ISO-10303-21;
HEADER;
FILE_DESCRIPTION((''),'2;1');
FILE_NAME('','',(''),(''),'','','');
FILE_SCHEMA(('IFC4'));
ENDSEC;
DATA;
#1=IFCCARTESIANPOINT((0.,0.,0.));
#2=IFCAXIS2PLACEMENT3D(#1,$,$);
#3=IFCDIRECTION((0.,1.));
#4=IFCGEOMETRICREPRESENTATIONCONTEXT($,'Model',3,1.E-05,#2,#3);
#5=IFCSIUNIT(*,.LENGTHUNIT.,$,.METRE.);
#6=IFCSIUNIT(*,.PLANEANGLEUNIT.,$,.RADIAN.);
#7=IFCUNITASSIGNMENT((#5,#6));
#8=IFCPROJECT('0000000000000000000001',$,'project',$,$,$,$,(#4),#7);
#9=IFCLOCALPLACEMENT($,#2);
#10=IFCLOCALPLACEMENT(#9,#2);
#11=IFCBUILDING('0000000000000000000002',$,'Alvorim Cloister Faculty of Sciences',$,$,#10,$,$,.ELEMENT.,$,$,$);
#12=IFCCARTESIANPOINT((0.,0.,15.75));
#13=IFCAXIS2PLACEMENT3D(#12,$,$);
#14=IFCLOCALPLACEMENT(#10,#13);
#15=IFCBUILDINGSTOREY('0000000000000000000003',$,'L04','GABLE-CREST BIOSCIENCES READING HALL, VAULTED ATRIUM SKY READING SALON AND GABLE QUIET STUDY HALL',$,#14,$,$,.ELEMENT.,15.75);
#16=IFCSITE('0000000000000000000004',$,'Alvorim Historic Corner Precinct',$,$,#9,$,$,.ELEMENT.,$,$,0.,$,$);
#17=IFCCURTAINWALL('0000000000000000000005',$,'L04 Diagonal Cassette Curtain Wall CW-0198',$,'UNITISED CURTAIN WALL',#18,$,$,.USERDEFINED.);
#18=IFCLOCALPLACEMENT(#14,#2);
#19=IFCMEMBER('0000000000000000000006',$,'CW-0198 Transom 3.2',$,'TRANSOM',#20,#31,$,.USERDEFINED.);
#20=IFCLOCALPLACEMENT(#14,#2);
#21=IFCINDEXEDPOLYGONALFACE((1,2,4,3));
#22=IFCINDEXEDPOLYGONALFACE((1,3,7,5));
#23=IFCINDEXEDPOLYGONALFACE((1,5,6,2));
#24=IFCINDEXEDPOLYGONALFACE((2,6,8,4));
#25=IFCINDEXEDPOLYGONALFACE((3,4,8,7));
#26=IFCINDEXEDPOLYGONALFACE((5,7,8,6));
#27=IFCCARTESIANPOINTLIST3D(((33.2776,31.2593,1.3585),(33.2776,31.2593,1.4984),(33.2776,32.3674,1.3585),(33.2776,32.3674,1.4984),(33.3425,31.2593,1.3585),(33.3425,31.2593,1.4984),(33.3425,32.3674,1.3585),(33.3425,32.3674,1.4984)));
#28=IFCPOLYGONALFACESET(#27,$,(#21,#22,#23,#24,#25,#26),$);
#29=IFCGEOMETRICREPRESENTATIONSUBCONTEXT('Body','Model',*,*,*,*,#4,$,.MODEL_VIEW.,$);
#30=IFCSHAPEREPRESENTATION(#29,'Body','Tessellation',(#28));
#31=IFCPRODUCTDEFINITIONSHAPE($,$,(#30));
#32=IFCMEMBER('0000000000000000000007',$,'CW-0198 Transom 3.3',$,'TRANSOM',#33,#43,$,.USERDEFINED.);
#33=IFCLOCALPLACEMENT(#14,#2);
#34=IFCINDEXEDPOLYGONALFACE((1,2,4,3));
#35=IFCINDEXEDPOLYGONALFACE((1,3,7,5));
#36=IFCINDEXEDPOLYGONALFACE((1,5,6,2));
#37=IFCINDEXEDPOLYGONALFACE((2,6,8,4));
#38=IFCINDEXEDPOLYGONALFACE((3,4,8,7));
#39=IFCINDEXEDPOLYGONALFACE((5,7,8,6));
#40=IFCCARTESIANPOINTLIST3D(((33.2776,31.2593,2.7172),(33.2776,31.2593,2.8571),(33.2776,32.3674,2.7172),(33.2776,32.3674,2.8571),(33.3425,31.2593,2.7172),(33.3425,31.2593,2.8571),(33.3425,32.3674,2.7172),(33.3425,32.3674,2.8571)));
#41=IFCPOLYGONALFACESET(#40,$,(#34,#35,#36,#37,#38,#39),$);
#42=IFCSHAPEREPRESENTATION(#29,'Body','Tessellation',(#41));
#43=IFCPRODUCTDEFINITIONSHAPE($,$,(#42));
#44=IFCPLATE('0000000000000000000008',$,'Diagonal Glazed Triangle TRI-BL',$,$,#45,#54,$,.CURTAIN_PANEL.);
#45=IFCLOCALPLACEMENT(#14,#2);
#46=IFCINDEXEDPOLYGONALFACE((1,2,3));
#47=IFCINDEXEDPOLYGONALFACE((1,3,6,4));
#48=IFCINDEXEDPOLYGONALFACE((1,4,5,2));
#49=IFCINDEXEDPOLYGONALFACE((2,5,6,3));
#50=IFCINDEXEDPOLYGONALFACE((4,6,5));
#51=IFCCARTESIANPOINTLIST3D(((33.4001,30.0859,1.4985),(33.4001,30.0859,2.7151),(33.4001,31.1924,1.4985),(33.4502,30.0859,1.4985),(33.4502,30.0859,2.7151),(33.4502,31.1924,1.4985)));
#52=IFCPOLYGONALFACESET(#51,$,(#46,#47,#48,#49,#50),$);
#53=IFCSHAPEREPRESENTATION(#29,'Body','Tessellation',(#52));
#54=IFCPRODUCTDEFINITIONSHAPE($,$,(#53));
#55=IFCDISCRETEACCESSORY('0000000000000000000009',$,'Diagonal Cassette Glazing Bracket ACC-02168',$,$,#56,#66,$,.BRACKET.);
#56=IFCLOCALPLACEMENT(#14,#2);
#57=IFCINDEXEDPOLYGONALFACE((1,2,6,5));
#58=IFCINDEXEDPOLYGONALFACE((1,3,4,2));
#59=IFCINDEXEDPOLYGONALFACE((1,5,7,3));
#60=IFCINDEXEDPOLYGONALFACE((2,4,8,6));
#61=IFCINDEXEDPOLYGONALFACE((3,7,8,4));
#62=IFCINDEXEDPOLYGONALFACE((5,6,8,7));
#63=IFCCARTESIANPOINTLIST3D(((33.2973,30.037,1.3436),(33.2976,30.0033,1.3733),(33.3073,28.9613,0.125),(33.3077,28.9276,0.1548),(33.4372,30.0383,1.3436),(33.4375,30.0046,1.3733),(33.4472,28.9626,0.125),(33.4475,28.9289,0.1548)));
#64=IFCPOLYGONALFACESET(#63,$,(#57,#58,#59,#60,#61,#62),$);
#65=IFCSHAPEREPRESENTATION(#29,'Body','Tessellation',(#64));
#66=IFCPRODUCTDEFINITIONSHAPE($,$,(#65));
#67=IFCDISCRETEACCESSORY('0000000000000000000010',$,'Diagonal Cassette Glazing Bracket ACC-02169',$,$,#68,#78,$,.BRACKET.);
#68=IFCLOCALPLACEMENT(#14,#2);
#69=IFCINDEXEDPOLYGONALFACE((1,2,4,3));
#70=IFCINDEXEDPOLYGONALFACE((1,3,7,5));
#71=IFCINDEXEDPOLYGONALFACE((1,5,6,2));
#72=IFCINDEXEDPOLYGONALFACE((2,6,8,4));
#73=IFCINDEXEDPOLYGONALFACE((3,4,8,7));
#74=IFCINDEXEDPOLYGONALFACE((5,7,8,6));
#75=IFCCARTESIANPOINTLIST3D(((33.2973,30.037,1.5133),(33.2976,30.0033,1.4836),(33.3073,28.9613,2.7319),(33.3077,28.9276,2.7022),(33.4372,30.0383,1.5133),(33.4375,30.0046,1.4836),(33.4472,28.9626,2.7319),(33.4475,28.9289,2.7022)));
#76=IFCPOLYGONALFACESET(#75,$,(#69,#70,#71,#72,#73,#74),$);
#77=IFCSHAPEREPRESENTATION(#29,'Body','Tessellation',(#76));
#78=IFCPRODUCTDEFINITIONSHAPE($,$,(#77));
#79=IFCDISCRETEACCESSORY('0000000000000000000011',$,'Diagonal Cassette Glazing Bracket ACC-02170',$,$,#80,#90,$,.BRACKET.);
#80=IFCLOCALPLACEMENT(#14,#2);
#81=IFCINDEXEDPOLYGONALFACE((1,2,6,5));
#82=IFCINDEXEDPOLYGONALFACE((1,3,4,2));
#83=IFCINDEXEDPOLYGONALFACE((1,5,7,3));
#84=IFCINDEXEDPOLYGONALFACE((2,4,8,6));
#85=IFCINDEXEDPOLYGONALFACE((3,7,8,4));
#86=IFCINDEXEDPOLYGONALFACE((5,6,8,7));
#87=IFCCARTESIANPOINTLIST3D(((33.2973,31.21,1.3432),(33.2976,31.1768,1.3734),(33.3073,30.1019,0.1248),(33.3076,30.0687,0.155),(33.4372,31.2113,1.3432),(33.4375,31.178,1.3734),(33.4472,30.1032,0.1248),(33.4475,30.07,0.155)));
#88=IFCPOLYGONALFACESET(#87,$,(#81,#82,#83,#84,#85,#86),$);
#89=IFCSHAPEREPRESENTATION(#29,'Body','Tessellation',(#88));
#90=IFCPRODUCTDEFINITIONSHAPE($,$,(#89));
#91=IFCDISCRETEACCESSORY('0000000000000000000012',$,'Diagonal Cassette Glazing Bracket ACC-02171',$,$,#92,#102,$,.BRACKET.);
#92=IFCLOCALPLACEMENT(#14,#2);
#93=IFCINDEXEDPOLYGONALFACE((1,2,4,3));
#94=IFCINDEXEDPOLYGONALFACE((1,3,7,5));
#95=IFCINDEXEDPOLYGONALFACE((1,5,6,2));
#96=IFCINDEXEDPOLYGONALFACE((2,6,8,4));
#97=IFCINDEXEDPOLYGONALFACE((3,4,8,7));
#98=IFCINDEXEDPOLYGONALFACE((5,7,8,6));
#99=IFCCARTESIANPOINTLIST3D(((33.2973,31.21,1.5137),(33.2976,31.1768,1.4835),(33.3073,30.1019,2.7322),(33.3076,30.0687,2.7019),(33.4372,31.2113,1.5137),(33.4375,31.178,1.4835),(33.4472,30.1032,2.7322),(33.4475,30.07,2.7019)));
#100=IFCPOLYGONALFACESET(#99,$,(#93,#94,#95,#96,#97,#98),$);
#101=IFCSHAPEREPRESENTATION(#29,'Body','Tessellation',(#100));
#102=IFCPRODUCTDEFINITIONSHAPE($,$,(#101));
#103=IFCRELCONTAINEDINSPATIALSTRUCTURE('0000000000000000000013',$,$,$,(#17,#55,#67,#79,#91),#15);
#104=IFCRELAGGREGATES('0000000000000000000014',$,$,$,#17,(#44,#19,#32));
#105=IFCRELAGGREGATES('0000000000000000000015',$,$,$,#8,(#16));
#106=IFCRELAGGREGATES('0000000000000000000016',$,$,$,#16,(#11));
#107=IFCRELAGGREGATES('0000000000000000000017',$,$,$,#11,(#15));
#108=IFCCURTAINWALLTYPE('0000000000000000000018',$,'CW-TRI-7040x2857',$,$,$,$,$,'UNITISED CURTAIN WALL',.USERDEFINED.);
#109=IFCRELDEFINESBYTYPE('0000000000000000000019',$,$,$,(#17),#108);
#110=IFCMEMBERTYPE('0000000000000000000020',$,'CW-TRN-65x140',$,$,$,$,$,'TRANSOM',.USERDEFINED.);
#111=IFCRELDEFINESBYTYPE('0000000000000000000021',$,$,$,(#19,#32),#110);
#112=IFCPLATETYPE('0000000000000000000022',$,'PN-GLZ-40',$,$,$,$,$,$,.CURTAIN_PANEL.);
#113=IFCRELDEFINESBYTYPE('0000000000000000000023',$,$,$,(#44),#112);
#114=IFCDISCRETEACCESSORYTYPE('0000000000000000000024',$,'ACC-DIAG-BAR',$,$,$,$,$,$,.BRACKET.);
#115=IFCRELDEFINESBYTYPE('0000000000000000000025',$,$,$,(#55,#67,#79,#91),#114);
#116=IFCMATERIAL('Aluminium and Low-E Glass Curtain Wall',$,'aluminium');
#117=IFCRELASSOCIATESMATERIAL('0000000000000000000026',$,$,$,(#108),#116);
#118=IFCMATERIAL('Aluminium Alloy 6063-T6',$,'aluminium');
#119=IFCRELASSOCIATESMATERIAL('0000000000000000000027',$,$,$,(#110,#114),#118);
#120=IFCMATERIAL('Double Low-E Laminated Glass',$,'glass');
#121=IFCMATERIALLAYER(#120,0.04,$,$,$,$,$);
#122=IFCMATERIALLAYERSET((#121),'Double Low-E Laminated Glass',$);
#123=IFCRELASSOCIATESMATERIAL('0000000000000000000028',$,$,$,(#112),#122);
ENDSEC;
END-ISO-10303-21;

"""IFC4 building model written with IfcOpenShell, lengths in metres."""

from ifc_helpers import new_model, si_unit, direction, frame, origin, origin_2d, place, context, subcontext, project, spatial, polyline, rectangle, outline, extrude, material, layer, layer_set, material_profile, profile_set, type_object, element, aggregate, save


model = new_model("IFC4")

# Units and contexts
model_context = context("Model", 3, precision=1e-05, world=origin(), true_north=direction((0.0, 1.0)))
body_context = subcontext(model_context, "Body", "Model", "MODEL_VIEW")
ifc_project = project(units=[si_unit("LENGTHUNIT", "METRE"), si_unit("PLANEANGLEUNIT", "RADIAN")], contexts=[model_context])

# Site, building, storey
site_placement = place(None, origin())
site = spatial("IfcSite", under=ifc_project, at=site_placement, Name="Alvorim Historic Corner Precinct", CompositionType="ELEMENT", RefElevation=0.0)
building_placement = place(site_placement, origin())
building = spatial("IfcBuilding", under=site, at=building_placement, Name="Alvorim Cloister Faculty of Sciences", CompositionType="ELEMENT")
storey_placement = place(building_placement, frame((0.0, 0.0, 15.75)))
storey = spatial("IfcBuildingStorey", under=building, at=storey_placement, Name="L04", Description="GABLE-CREST BIOSCIENCES READING HALL, VAULTED ATRIUM SKY READING SALON AND GABLE QUIET STUDY HALL", CompositionType="ELEMENT", Elevation=15.75)

# Curtain wall
ifc_material_1 = material(Name="Aluminium and Low-E Glass Curtain Wall", Category="aluminium")
curtain_wall_type_1 = type_object("IfcCurtainWallType", Name="CW-TRI-7040x2857", ElementType="UNITISED CURTAIN WALL", PredefinedType="USERDEFINED", material=ifc_material_1)
curtain_wall_1_placement = place(storey_placement, origin())
curtain_wall_1 = element("IfcCurtainWall", 1, at=curtain_wall_1_placement, inside=storey, type_object=curtain_wall_type_1, Name="L04 Diagonal Cassette Curtain Wall CW-0198", ObjectType="UNITISED CURTAIN WALL", PredefinedType="USERDEFINED")
ifc_material_2 = material(Name="Aluminium Alloy 6063-T6", Category="aluminium")

# Members
ifc_material_profile_1 = material_profile(ifc_material_2, rectangle(XDim=0.0649, YDim=0.1399, at=origin_2d()), Name="ALU-TRN-65x140")
ifc_profile_set_1 = profile_set([ifc_material_profile_1], Name="Aluminium Alloy 6063-T6")
member_type_1 = type_object("IfcMemberType", Name="CW-TRN-65x140", ElementType="TRANSOM", PredefinedType="USERDEFINED", material=ifc_profile_set_1)
member_1_placement = place(storey_placement, frame((33.3101, 31.2593, 1.4285), z_axis=(0.0, 1.0, 0.0), x_axis=(-1.0, 0.0, 0.0)))
member_1 = element("IfcMember", 2, at=member_1_placement, type_object=member_type_1, Name="CW-0198 Transom 3.2", ObjectType="TRANSOM", PredefinedType="USERDEFINED", context=body_context, shape_type="SweptSolid", body=[
    extrude(rectangle(XDim=0.0649, YDim=0.1399, at=origin_2d()), origin(), (0.0, 0.0, 1.0), 1.1082),
])
member_2_placement = place(storey_placement, frame((33.3101, 31.2593, 2.7871), z_axis=(0.0, 1.0, 0.0), x_axis=(-1.0, 0.0, 0.0)))
member_2 = element("IfcMember", 3, at=member_2_placement, type_object=member_type_1, Name="CW-0198 Transom 3.3", ObjectType="TRANSOM", PredefinedType="USERDEFINED", context=body_context, shape_type="SweptSolid", body=[
    extrude(rectangle(XDim=0.0649, YDim=0.1399, at=origin_2d()), origin(), (0.0, 0.0, 1.0), 1.1082),
])

# Plate
ifc_material_3 = material(Name="Double Low-E Laminated Glass", Category="glass")
ifc_layer = layer(ifc_material_3, 0.04)
ifc_layer_set = layer_set([ifc_layer], Name="Double Low-E Laminated Glass")
plate_type = type_object("IfcPlateType", Name="PN-GLZ-40", PredefinedType="CURTAIN_PANEL", material=ifc_layer_set)
plate_1_placement = place(storey_placement, frame((33.425, 30.0859, 1.4985), z_axis=(0.0, 0.0, 1.0), x_axis=(0.0, 1.0, 0.0)))
plate_1 = element("IfcPlate", 4, at=plate_1_placement, type_object=plate_type, Name="Diagonal Glazed Triangle TRI-BL", PredefinedType="CURTAIN_PANEL", context=body_context, shape_type="SweptSolid", body=[
    extrude(outline(polyline([(0.0, 0.0), (1.1064, 0.0), (0.0, 1.2166), (0.0, 0.0)])), frame((0.0, 0.0249, 0.0), z_axis=(0.0, -1.0, 0.0), x_axis=(1.0, 0.0, 0.0)), (0.0, 0.0, 1.0), 0.05),
])
aggregate(curtain_wall_1, [plate_1, member_1, member_2])

# Discrete accessories
discrete_accessory_type = type_object("IfcDiscreteAccessoryType", Name="ACC-DIAG-BAR", PredefinedType="BRACKET", material=ifc_material_2)
for number, where, z_axis, x_axis, name in (
    (5, (33.3774, 28.9451, 0.1399), (-0.006158, 0.661793, 0.749661), (-0.999957, -0.009305, 0.0), "Diagonal Cassette Glazing Bracket ACC-02168"),
    (6, (33.3774, 28.9451, 2.717), (-0.006158, 0.661793, -0.749661), (-0.999957, -0.009305, 0.0), "Diagonal Cassette Glazing Bracket ACC-02169"),
):
    element("IfcDiscreteAccessory", number, at=place(storey_placement, frame(where, z_axis=z_axis, x_axis=x_axis)), inside=storey, type_object=discrete_accessory_type, Name=name, PredefinedType="BRACKET", context=body_context, shape_type="SweptSolid", body=[
        extrude(rectangle(XDim=0.1399, YDim=0.0449, at=origin_2d()), origin(), (0.0, 0.0, 1.0), 1.6255),
    ])
for number, where, z_axis, x_axis, name in (
    (7, (33.3774, 30.0859, 0.1399), (-0.006077, 0.672801, 0.739799), (-0.999959, -0.009032, 0.0), "Diagonal Cassette Glazing Bracket ACC-02170"),
    (8, (33.3774, 30.0859, 2.717), (-0.006077, 0.672801, -0.739799), (-0.999959, -0.009032, 0.0), "Diagonal Cassette Glazing Bracket ACC-02171"),
):
    element("IfcDiscreteAccessory", number, at=place(storey_placement, frame(where, z_axis=z_axis, x_axis=x_axis)), inside=storey, type_object=discrete_accessory_type, Name=name, PredefinedType="BRACKET", context=body_context, shape_type="SweptSolid", body=[
        extrude(rectangle(XDim=0.1399, YDim=0.0449, at=origin_2d()), origin(), (0.0, 0.0, 1.0), 1.647),
    ])

save(model, "model.ifc")
